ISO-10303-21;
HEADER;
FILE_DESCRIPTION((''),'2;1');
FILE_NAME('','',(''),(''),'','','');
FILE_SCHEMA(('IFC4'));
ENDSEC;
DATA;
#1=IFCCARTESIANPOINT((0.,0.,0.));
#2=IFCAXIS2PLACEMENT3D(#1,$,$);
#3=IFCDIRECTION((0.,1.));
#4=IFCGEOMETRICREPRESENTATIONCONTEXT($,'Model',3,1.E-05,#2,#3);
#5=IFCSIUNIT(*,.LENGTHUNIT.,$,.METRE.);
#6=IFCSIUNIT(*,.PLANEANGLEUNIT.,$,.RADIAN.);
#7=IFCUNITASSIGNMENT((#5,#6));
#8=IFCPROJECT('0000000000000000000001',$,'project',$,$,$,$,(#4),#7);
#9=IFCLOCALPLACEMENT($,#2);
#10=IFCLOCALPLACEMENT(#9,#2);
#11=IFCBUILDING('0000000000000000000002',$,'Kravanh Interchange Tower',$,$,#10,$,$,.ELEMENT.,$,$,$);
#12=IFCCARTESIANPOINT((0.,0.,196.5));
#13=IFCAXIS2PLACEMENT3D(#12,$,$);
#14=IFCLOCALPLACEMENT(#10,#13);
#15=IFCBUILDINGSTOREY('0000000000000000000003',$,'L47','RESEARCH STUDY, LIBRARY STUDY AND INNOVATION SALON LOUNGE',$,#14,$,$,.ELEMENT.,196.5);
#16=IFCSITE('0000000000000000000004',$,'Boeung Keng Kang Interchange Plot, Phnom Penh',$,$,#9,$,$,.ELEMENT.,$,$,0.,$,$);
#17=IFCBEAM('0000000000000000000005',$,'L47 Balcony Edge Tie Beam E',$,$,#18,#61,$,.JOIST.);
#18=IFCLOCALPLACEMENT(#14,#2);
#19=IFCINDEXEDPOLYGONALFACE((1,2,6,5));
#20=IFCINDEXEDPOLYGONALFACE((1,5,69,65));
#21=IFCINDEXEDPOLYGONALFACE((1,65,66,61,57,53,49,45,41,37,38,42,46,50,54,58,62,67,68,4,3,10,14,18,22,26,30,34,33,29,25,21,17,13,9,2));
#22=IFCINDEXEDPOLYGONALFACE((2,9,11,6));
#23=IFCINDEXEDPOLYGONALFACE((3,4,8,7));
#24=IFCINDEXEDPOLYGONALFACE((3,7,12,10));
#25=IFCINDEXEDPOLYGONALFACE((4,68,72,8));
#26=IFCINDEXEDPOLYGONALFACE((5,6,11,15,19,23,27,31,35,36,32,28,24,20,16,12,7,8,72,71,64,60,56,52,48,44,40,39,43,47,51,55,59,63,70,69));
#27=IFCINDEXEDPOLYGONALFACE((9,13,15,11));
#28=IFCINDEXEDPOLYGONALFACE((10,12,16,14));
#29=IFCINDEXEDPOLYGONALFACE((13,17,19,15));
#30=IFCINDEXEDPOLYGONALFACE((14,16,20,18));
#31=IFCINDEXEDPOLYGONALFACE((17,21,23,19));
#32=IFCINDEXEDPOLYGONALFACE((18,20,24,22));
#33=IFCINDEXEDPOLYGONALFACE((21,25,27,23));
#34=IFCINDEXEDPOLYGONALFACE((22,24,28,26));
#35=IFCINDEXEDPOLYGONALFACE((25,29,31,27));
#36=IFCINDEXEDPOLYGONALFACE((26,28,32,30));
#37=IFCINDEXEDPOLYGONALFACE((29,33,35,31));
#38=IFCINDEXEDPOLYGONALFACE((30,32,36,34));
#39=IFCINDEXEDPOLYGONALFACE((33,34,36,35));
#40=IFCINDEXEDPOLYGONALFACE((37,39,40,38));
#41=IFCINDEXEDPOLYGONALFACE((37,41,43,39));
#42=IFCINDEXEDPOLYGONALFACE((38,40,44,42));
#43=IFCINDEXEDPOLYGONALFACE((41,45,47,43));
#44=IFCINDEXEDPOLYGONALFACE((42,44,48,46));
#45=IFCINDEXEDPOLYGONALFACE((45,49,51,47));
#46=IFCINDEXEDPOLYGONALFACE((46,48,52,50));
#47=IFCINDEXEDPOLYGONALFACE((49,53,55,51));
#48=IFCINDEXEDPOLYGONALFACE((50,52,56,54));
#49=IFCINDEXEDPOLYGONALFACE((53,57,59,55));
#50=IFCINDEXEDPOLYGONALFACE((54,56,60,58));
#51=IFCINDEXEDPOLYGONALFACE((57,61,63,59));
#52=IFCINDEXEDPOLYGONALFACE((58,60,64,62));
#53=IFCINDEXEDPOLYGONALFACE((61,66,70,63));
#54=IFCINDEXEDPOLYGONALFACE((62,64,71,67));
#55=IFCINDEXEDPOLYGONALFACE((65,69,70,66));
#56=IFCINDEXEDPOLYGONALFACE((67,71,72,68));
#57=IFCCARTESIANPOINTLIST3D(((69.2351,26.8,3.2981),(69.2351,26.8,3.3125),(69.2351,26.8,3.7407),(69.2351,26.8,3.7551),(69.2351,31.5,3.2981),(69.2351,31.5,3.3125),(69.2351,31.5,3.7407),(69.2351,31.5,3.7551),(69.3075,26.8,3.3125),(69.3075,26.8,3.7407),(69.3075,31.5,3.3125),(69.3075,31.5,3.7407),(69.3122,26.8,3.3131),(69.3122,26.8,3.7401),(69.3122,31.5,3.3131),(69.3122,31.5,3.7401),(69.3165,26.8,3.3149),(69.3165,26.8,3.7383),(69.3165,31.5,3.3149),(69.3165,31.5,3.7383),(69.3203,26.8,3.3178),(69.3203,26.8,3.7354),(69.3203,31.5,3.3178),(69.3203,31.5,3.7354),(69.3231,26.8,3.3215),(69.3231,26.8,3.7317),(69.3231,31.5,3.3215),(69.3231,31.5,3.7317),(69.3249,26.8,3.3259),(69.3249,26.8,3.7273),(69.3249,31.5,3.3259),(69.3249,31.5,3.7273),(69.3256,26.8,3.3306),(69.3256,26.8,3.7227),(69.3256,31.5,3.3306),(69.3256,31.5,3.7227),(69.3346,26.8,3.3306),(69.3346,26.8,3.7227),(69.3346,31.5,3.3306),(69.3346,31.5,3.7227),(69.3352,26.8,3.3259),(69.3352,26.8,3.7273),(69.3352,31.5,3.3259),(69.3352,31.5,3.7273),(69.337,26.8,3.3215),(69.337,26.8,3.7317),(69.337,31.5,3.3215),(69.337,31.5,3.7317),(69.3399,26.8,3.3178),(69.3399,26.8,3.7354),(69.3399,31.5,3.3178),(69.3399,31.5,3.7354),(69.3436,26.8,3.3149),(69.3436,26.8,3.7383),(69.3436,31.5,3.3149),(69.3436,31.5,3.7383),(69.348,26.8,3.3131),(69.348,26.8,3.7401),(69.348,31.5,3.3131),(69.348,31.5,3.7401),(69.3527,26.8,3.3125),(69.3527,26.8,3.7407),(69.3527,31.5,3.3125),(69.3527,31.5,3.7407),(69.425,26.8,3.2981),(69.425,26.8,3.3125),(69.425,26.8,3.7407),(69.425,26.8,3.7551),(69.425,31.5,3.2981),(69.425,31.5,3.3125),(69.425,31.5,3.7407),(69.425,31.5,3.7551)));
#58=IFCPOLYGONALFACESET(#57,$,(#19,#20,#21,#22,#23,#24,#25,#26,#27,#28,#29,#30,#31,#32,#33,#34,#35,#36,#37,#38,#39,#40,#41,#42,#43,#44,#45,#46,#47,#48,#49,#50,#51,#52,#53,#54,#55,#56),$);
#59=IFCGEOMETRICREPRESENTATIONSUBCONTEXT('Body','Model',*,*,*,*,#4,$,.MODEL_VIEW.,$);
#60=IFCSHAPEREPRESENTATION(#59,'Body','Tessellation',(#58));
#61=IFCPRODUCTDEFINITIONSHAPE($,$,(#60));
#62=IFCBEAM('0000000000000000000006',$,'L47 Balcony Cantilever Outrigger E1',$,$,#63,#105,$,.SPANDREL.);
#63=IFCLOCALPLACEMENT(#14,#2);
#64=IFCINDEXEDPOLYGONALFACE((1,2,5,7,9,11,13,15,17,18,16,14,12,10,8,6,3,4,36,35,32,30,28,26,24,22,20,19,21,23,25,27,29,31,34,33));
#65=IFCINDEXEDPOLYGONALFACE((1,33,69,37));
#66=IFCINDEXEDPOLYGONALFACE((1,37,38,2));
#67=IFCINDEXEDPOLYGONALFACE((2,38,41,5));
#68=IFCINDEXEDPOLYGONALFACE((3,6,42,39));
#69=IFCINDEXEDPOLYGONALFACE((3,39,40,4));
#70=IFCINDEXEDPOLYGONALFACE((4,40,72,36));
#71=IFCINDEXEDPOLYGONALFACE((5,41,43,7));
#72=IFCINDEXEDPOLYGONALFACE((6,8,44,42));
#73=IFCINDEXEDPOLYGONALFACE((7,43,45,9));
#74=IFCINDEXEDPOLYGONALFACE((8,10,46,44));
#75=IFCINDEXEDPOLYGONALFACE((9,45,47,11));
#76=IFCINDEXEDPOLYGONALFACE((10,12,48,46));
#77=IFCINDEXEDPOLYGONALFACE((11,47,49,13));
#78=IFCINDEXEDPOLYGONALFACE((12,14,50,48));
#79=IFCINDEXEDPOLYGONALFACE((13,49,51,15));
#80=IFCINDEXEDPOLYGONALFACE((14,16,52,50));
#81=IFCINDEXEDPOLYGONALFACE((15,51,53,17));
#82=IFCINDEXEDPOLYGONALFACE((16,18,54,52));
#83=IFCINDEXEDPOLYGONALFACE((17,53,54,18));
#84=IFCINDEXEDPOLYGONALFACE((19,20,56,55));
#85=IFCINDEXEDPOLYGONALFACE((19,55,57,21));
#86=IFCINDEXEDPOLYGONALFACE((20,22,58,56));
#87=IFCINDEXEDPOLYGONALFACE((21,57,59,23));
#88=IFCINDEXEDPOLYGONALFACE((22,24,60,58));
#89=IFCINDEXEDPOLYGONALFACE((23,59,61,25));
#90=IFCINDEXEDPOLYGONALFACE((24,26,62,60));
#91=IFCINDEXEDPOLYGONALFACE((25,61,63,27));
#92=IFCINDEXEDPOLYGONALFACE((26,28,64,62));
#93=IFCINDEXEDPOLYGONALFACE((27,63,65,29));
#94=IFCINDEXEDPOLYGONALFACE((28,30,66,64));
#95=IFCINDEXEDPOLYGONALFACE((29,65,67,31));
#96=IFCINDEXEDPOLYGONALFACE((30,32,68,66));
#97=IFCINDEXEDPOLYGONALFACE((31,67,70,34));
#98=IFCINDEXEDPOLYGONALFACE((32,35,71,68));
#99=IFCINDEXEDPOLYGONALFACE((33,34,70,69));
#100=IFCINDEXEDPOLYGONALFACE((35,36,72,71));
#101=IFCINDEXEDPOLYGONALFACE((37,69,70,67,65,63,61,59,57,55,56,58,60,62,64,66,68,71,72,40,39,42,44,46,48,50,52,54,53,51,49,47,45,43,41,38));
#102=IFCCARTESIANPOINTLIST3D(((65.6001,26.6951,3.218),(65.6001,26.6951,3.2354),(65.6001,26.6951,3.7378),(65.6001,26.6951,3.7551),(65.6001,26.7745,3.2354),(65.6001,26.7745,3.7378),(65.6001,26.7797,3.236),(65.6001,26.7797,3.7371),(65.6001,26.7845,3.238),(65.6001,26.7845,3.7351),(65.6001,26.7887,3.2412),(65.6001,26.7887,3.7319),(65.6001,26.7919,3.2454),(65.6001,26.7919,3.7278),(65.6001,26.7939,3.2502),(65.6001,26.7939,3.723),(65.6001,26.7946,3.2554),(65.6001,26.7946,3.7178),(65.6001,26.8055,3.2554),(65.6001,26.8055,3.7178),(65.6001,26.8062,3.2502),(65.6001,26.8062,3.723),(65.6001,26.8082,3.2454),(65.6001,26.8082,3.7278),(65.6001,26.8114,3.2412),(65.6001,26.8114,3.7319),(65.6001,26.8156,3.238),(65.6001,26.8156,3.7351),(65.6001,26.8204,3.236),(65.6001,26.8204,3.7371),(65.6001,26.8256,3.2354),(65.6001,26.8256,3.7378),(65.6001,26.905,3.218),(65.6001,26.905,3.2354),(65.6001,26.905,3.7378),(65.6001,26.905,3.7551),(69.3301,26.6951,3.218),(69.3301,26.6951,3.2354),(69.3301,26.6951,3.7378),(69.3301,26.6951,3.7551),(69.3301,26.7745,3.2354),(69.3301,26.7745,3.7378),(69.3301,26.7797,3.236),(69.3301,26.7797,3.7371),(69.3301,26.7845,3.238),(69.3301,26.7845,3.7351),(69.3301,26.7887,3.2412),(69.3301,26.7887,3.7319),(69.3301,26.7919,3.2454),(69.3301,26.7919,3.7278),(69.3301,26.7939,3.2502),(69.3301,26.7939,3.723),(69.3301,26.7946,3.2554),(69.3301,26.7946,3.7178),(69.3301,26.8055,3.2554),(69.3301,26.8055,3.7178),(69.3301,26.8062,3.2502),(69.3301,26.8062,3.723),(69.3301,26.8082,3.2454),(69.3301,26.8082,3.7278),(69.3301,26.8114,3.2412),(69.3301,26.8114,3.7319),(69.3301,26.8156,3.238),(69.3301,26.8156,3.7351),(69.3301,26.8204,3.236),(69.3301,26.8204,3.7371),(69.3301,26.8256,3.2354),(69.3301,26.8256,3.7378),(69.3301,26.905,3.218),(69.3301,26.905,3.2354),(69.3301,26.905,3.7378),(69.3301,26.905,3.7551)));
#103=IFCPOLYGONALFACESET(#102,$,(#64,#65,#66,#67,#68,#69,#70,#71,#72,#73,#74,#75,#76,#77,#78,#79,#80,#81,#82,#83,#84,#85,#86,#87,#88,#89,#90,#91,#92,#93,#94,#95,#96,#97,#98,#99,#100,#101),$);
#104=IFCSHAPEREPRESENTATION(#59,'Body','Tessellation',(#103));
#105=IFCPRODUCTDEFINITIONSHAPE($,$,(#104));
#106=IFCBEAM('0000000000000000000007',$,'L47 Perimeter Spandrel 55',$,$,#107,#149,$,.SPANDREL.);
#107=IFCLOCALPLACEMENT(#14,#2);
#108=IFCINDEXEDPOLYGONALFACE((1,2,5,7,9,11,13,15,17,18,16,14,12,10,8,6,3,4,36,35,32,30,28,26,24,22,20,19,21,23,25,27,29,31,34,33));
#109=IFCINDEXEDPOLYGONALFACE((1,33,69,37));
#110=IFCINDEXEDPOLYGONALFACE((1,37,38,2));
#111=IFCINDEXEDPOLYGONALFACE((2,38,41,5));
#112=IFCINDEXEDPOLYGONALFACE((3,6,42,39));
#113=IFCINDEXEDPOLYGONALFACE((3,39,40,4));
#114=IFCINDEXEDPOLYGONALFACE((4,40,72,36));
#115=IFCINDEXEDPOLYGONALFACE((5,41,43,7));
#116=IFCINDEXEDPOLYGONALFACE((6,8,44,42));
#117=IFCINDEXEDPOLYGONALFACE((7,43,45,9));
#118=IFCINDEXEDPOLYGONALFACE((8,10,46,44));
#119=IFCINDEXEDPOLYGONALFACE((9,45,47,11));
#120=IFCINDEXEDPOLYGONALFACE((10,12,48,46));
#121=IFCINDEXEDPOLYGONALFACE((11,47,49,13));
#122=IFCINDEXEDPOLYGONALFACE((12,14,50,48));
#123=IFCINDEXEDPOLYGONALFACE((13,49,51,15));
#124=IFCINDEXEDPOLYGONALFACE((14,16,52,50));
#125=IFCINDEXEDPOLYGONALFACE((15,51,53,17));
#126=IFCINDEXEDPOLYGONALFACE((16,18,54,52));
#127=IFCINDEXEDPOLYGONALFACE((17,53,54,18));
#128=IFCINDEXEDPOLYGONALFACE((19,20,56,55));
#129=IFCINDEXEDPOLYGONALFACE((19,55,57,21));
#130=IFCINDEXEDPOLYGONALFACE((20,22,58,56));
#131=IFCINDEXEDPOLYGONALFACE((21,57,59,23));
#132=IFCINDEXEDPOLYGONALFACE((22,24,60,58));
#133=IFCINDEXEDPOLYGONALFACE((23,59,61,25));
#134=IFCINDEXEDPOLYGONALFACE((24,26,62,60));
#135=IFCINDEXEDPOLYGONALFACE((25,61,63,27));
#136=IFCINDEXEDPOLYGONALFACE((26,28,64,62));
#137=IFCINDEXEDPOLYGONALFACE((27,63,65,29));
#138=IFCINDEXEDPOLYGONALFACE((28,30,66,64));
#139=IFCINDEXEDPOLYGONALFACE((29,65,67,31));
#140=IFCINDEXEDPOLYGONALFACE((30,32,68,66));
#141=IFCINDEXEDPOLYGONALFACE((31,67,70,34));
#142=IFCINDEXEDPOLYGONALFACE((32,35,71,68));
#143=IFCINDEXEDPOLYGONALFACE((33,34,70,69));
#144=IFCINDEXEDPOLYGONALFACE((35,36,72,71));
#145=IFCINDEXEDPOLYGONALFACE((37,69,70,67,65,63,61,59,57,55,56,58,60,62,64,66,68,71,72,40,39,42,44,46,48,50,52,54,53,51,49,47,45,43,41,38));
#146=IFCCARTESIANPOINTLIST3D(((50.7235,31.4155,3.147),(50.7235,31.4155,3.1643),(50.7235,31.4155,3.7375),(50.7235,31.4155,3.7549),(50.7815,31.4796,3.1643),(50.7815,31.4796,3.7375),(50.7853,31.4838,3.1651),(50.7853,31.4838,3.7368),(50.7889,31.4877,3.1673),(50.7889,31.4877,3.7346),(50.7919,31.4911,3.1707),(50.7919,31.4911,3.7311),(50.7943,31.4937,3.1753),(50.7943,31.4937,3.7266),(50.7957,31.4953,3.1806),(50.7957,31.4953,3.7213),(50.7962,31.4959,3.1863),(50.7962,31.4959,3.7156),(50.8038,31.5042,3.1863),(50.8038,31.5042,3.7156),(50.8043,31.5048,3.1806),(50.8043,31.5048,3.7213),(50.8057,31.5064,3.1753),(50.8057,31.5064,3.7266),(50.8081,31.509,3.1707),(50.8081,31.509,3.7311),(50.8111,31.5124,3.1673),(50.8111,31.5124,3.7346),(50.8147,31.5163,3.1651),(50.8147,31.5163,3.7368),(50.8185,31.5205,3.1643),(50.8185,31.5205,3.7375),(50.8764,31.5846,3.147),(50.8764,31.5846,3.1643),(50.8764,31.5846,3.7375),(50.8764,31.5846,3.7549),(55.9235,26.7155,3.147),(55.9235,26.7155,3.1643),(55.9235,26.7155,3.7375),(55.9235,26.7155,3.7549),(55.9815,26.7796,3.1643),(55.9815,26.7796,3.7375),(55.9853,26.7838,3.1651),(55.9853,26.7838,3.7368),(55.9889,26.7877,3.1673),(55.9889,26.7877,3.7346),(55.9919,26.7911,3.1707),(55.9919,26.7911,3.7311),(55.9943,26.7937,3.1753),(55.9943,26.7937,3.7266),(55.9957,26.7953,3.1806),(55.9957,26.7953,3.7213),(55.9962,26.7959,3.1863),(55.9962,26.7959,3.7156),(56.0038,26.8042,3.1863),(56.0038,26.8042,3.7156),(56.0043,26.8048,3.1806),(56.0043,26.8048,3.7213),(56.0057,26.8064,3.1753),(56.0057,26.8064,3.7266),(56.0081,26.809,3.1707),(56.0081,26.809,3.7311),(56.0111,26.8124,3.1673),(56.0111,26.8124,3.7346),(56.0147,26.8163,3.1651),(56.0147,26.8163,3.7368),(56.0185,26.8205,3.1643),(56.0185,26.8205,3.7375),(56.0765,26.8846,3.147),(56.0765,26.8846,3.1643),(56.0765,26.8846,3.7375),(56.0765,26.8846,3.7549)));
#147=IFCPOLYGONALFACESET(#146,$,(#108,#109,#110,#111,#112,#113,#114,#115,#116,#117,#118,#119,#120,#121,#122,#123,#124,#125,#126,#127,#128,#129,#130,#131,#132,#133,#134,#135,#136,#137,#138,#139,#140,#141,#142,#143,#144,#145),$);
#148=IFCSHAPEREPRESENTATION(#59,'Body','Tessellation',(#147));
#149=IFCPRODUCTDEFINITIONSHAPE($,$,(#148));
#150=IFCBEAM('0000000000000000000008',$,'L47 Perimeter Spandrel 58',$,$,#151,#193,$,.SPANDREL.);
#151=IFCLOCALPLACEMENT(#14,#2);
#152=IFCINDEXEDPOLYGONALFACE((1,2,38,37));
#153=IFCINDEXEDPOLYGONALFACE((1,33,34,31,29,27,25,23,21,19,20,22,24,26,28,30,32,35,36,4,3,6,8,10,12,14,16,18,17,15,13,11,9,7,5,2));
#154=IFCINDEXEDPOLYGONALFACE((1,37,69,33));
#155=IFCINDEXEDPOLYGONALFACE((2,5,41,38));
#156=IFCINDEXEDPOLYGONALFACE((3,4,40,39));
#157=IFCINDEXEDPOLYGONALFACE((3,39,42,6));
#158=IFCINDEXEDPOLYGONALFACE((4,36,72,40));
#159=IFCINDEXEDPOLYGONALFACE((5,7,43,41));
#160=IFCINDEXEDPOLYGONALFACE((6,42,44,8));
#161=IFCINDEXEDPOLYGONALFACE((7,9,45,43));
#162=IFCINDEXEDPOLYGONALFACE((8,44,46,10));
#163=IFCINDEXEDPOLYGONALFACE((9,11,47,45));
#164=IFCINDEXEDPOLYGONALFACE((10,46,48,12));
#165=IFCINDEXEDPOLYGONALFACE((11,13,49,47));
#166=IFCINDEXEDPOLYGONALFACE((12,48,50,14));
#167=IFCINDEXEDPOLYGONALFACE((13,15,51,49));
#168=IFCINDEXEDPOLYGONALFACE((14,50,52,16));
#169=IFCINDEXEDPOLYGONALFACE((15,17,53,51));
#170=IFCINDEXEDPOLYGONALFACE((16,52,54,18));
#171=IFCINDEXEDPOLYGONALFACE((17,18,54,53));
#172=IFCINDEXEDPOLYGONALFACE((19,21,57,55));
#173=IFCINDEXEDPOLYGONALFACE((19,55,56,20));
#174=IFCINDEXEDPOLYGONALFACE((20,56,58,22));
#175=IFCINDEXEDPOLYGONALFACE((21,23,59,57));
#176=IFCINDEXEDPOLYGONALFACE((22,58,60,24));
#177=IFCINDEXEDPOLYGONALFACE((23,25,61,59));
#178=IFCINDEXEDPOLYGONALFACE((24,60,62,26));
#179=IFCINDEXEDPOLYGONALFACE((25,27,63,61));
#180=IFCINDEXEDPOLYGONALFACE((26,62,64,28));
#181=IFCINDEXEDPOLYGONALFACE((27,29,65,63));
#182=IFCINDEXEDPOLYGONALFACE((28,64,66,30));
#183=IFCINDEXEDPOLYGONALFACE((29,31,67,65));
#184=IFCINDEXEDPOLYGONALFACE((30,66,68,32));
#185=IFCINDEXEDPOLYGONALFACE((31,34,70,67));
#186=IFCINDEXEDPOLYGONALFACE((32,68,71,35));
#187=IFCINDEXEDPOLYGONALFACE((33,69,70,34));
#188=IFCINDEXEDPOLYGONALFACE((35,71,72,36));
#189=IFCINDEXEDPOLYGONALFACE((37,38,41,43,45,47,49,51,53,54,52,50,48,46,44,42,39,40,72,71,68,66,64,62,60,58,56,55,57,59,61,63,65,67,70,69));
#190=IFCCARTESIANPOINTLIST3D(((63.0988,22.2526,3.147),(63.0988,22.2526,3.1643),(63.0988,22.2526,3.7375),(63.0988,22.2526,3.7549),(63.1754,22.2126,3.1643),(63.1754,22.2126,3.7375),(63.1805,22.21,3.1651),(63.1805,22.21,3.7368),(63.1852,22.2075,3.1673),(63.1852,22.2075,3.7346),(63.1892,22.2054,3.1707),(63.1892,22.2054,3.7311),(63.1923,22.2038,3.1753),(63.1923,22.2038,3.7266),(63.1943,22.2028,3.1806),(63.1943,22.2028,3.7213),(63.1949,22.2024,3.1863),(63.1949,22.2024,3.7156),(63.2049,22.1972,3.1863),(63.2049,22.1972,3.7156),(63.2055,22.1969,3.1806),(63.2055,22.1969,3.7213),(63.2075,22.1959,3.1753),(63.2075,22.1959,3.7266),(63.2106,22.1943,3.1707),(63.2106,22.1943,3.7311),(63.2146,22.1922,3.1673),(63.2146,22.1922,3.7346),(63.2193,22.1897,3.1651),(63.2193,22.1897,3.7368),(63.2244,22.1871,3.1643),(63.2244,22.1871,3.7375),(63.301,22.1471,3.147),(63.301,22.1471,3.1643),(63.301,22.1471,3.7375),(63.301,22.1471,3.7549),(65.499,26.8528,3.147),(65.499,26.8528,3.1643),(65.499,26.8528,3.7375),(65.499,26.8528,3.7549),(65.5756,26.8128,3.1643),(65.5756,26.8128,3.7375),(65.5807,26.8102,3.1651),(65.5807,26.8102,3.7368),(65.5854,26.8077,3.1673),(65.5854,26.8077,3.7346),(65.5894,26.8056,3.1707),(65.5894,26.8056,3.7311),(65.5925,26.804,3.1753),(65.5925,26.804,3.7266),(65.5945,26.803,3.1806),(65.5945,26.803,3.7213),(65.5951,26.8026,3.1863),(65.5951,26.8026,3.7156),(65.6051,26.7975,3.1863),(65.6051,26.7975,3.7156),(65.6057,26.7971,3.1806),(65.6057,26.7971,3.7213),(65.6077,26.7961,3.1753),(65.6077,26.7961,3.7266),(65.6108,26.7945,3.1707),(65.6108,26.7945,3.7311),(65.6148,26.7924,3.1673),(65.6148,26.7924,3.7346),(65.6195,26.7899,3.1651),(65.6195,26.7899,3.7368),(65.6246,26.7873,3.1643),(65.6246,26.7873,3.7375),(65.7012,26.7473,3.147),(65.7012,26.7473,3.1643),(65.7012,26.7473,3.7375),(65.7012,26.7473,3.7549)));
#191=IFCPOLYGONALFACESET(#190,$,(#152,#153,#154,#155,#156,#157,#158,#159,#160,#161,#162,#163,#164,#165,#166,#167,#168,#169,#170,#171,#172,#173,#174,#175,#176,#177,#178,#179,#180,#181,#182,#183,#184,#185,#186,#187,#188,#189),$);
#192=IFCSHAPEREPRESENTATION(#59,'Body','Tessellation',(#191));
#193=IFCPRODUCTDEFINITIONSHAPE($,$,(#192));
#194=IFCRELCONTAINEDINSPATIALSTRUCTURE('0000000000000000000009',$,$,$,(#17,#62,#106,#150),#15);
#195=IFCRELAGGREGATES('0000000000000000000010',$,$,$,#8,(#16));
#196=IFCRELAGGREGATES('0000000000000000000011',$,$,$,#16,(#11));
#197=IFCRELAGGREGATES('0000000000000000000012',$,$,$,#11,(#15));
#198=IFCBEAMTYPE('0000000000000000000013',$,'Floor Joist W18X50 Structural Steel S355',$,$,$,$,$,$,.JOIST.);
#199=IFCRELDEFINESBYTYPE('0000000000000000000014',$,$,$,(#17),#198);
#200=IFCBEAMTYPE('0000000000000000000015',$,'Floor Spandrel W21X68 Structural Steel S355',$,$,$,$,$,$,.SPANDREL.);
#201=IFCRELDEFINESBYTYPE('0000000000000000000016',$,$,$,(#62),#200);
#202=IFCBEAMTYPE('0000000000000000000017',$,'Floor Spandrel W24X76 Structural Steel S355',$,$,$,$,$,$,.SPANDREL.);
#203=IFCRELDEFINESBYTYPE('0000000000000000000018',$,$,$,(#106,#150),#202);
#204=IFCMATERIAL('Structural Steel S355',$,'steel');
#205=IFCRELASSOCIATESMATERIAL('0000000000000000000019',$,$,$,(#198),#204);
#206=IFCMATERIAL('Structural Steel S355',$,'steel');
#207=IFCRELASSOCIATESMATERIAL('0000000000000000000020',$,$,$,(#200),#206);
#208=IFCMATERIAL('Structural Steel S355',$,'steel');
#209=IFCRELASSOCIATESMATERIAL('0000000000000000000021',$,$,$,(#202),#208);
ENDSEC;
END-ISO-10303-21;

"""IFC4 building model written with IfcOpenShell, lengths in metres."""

from ifc_helpers import new_model, si_unit, direction, frame, origin, origin_2d, place, context, subcontext, project, spatial, i_section, extrude, material, material_profile, profile_set, type_object, element, save


model = new_model("IFC4")

# Units and contexts
model_context = context("Model", 3, precision=1e-05, world=origin(), true_north=direction((0.0, 1.0)))
body_context = subcontext(model_context, "Body", "Model", "MODEL_VIEW")
ifc_project = project(units=[si_unit("LENGTHUNIT", "METRE"), si_unit("PLANEANGLEUNIT", "RADIAN")], contexts=[model_context])

# Site, building, storey
site_placement = place(None, origin())
site = spatial("IfcSite", under=ifc_project, at=site_placement, Name="Boeung Keng Kang Interchange Plot, Phnom Penh", CompositionType="ELEMENT", RefElevation=0.0)
building_placement = place(site_placement, origin())
building = spatial("IfcBuilding", under=site, at=building_placement, Name="Kravanh Interchange Tower", CompositionType="ELEMENT")
storey_placement = place(building_placement, frame((0.0, 0.0, 196.5)))
storey = spatial("IfcBuildingStorey", under=building, at=storey_placement, Name="L47", Description="RESEARCH STUDY, LIBRARY STUDY AND INNOVATION SALON LOUNGE", CompositionType="ELEMENT", Elevation=196.5)

# Beams
ifc_material_1 = material(Name="Structural Steel S355", Category="steel")
ifc_material_profile_1 = material_profile(ifc_material_1, i_section(OverallWidth=0.1899, OverallDepth=0.457, WebThickness=0.009, FlangeThickness=0.0144, FilletRadius=0.0181, at=origin_2d()), Name="W18X50")
ifc_profile_set_1 = profile_set([ifc_material_profile_1], Name="Structural Steel S355")
beam_type_1 = type_object("IfcBeamType", Name="Floor Joist W18X50 Structural Steel S355", PredefinedType="JOIST", material=ifc_profile_set_1)
beam_1_placement = place(storey_placement, frame((69.3301, 26.8, 3.5266), z_axis=(0.0, 1.0, 0.0), x_axis=(-1.0, 0.0, 0.0)))
element("IfcBeam", 1, at=beam_1_placement, inside=storey, type_object=beam_type_1, Name="L47 Balcony Edge Tie Beam E", PredefinedType="JOIST", context=body_context, shape_type="SweptSolid", body=[
    extrude(i_section(OverallWidth=0.1899, OverallDepth=0.457, WebThickness=0.009, FlangeThickness=0.0144, FilletRadius=0.0181, at=origin_2d()), origin(), (0.0, 0.0, 1.0), 4.7),
])
ifc_material_2 = material(Name="Structural Steel S355", Category="steel")
ifc_material_profile_2 = material_profile(ifc_material_2, i_section(OverallWidth=0.21, OverallDepth=0.5371, WebThickness=0.011, FlangeThickness=0.0173, FilletRadius=0.02, at=origin_2d()), Name="W21X68")
ifc_profile_set_2 = profile_set([ifc_material_profile_2], Name="Structural Steel S355")
beam_type_2 = type_object("IfcBeamType", Name="Floor Spandrel W21X68 Structural Steel S355", PredefinedType="SPANDREL", material=ifc_profile_set_2)
beam_2_placement = place(storey_placement, frame((65.6001, 26.8, 3.4866), z_axis=(1.0, 0.0, 0.0), x_axis=(0.0, 1.0, 0.0)))
element("IfcBeam", 2, at=beam_2_placement, inside=storey, type_object=beam_type_2, Name="L47 Balcony Cantilever Outrigger E1", PredefinedType="SPANDREL", context=body_context, shape_type="SweptSolid", body=[
    extrude(i_section(OverallWidth=0.21, OverallDepth=0.5371, WebThickness=0.011, FlangeThickness=0.0173, FilletRadius=0.02, at=origin_2d()), origin(), (0.0, 0.0, 1.0), 3.73),
])
ifc_material_3 = material(Name="Structural Steel S355", Category="steel")
ifc_material_profile_3 = material_profile(ifc_material_3, i_section(OverallWidth=0.228, OverallDepth=0.6079, WebThickness=0.0112, FlangeThickness=0.0173, FilletRadius=0.022, at=origin_2d()), Name="W24X76")
ifc_profile_set_3 = profile_set([ifc_material_profile_3], Name="Structural Steel S355")
beam_type_3 = type_object("IfcBeamType", Name="Floor Spandrel W24X76 Structural Steel S355", PredefinedType="SPANDREL", material=ifc_profile_set_3)
beam_3_placement = place(storey_placement, frame((56.0, 26.8, 3.4509), z_axis=(-0.741874, 0.670539, 0.0), x_axis=(-0.670539, -0.741874, 0.0)))
element("IfcBeam", 3, at=beam_3_placement, inside=storey, type_object=beam_type_3, Name="L47 Perimeter Spandrel 55", PredefinedType="SPANDREL", context=body_context, shape_type="SweptSolid", body=[
    extrude(i_section(OverallWidth=0.228, OverallDepth=0.6079, WebThickness=0.0112, FlangeThickness=0.0173, FilletRadius=0.022, at=origin_2d()), origin(), (0.0, 0.0, 1.0), 7.0093),
])
beam_4_placement = place(storey_placement, frame((65.6001, 26.8, 3.4509), z_axis=(-0.46258, -0.886577, 0.0), x_axis=(0.886577, -0.46258, 0.0)))
element("IfcBeam", 4, at=beam_4_placement, inside=storey, type_object=beam_type_3, Name="L47 Perimeter Spandrel 58", PredefinedType="SPANDREL", context=body_context, shape_type="SweptSolid", body=[
    extrude(i_section(OverallWidth=0.228, OverallDepth=0.6079, WebThickness=0.0112, FlangeThickness=0.0173, FilletRadius=0.022, at=origin_2d()), origin(), (0.0, 0.0, 1.0), 5.1887),
])

save(model, "model.ifc")
